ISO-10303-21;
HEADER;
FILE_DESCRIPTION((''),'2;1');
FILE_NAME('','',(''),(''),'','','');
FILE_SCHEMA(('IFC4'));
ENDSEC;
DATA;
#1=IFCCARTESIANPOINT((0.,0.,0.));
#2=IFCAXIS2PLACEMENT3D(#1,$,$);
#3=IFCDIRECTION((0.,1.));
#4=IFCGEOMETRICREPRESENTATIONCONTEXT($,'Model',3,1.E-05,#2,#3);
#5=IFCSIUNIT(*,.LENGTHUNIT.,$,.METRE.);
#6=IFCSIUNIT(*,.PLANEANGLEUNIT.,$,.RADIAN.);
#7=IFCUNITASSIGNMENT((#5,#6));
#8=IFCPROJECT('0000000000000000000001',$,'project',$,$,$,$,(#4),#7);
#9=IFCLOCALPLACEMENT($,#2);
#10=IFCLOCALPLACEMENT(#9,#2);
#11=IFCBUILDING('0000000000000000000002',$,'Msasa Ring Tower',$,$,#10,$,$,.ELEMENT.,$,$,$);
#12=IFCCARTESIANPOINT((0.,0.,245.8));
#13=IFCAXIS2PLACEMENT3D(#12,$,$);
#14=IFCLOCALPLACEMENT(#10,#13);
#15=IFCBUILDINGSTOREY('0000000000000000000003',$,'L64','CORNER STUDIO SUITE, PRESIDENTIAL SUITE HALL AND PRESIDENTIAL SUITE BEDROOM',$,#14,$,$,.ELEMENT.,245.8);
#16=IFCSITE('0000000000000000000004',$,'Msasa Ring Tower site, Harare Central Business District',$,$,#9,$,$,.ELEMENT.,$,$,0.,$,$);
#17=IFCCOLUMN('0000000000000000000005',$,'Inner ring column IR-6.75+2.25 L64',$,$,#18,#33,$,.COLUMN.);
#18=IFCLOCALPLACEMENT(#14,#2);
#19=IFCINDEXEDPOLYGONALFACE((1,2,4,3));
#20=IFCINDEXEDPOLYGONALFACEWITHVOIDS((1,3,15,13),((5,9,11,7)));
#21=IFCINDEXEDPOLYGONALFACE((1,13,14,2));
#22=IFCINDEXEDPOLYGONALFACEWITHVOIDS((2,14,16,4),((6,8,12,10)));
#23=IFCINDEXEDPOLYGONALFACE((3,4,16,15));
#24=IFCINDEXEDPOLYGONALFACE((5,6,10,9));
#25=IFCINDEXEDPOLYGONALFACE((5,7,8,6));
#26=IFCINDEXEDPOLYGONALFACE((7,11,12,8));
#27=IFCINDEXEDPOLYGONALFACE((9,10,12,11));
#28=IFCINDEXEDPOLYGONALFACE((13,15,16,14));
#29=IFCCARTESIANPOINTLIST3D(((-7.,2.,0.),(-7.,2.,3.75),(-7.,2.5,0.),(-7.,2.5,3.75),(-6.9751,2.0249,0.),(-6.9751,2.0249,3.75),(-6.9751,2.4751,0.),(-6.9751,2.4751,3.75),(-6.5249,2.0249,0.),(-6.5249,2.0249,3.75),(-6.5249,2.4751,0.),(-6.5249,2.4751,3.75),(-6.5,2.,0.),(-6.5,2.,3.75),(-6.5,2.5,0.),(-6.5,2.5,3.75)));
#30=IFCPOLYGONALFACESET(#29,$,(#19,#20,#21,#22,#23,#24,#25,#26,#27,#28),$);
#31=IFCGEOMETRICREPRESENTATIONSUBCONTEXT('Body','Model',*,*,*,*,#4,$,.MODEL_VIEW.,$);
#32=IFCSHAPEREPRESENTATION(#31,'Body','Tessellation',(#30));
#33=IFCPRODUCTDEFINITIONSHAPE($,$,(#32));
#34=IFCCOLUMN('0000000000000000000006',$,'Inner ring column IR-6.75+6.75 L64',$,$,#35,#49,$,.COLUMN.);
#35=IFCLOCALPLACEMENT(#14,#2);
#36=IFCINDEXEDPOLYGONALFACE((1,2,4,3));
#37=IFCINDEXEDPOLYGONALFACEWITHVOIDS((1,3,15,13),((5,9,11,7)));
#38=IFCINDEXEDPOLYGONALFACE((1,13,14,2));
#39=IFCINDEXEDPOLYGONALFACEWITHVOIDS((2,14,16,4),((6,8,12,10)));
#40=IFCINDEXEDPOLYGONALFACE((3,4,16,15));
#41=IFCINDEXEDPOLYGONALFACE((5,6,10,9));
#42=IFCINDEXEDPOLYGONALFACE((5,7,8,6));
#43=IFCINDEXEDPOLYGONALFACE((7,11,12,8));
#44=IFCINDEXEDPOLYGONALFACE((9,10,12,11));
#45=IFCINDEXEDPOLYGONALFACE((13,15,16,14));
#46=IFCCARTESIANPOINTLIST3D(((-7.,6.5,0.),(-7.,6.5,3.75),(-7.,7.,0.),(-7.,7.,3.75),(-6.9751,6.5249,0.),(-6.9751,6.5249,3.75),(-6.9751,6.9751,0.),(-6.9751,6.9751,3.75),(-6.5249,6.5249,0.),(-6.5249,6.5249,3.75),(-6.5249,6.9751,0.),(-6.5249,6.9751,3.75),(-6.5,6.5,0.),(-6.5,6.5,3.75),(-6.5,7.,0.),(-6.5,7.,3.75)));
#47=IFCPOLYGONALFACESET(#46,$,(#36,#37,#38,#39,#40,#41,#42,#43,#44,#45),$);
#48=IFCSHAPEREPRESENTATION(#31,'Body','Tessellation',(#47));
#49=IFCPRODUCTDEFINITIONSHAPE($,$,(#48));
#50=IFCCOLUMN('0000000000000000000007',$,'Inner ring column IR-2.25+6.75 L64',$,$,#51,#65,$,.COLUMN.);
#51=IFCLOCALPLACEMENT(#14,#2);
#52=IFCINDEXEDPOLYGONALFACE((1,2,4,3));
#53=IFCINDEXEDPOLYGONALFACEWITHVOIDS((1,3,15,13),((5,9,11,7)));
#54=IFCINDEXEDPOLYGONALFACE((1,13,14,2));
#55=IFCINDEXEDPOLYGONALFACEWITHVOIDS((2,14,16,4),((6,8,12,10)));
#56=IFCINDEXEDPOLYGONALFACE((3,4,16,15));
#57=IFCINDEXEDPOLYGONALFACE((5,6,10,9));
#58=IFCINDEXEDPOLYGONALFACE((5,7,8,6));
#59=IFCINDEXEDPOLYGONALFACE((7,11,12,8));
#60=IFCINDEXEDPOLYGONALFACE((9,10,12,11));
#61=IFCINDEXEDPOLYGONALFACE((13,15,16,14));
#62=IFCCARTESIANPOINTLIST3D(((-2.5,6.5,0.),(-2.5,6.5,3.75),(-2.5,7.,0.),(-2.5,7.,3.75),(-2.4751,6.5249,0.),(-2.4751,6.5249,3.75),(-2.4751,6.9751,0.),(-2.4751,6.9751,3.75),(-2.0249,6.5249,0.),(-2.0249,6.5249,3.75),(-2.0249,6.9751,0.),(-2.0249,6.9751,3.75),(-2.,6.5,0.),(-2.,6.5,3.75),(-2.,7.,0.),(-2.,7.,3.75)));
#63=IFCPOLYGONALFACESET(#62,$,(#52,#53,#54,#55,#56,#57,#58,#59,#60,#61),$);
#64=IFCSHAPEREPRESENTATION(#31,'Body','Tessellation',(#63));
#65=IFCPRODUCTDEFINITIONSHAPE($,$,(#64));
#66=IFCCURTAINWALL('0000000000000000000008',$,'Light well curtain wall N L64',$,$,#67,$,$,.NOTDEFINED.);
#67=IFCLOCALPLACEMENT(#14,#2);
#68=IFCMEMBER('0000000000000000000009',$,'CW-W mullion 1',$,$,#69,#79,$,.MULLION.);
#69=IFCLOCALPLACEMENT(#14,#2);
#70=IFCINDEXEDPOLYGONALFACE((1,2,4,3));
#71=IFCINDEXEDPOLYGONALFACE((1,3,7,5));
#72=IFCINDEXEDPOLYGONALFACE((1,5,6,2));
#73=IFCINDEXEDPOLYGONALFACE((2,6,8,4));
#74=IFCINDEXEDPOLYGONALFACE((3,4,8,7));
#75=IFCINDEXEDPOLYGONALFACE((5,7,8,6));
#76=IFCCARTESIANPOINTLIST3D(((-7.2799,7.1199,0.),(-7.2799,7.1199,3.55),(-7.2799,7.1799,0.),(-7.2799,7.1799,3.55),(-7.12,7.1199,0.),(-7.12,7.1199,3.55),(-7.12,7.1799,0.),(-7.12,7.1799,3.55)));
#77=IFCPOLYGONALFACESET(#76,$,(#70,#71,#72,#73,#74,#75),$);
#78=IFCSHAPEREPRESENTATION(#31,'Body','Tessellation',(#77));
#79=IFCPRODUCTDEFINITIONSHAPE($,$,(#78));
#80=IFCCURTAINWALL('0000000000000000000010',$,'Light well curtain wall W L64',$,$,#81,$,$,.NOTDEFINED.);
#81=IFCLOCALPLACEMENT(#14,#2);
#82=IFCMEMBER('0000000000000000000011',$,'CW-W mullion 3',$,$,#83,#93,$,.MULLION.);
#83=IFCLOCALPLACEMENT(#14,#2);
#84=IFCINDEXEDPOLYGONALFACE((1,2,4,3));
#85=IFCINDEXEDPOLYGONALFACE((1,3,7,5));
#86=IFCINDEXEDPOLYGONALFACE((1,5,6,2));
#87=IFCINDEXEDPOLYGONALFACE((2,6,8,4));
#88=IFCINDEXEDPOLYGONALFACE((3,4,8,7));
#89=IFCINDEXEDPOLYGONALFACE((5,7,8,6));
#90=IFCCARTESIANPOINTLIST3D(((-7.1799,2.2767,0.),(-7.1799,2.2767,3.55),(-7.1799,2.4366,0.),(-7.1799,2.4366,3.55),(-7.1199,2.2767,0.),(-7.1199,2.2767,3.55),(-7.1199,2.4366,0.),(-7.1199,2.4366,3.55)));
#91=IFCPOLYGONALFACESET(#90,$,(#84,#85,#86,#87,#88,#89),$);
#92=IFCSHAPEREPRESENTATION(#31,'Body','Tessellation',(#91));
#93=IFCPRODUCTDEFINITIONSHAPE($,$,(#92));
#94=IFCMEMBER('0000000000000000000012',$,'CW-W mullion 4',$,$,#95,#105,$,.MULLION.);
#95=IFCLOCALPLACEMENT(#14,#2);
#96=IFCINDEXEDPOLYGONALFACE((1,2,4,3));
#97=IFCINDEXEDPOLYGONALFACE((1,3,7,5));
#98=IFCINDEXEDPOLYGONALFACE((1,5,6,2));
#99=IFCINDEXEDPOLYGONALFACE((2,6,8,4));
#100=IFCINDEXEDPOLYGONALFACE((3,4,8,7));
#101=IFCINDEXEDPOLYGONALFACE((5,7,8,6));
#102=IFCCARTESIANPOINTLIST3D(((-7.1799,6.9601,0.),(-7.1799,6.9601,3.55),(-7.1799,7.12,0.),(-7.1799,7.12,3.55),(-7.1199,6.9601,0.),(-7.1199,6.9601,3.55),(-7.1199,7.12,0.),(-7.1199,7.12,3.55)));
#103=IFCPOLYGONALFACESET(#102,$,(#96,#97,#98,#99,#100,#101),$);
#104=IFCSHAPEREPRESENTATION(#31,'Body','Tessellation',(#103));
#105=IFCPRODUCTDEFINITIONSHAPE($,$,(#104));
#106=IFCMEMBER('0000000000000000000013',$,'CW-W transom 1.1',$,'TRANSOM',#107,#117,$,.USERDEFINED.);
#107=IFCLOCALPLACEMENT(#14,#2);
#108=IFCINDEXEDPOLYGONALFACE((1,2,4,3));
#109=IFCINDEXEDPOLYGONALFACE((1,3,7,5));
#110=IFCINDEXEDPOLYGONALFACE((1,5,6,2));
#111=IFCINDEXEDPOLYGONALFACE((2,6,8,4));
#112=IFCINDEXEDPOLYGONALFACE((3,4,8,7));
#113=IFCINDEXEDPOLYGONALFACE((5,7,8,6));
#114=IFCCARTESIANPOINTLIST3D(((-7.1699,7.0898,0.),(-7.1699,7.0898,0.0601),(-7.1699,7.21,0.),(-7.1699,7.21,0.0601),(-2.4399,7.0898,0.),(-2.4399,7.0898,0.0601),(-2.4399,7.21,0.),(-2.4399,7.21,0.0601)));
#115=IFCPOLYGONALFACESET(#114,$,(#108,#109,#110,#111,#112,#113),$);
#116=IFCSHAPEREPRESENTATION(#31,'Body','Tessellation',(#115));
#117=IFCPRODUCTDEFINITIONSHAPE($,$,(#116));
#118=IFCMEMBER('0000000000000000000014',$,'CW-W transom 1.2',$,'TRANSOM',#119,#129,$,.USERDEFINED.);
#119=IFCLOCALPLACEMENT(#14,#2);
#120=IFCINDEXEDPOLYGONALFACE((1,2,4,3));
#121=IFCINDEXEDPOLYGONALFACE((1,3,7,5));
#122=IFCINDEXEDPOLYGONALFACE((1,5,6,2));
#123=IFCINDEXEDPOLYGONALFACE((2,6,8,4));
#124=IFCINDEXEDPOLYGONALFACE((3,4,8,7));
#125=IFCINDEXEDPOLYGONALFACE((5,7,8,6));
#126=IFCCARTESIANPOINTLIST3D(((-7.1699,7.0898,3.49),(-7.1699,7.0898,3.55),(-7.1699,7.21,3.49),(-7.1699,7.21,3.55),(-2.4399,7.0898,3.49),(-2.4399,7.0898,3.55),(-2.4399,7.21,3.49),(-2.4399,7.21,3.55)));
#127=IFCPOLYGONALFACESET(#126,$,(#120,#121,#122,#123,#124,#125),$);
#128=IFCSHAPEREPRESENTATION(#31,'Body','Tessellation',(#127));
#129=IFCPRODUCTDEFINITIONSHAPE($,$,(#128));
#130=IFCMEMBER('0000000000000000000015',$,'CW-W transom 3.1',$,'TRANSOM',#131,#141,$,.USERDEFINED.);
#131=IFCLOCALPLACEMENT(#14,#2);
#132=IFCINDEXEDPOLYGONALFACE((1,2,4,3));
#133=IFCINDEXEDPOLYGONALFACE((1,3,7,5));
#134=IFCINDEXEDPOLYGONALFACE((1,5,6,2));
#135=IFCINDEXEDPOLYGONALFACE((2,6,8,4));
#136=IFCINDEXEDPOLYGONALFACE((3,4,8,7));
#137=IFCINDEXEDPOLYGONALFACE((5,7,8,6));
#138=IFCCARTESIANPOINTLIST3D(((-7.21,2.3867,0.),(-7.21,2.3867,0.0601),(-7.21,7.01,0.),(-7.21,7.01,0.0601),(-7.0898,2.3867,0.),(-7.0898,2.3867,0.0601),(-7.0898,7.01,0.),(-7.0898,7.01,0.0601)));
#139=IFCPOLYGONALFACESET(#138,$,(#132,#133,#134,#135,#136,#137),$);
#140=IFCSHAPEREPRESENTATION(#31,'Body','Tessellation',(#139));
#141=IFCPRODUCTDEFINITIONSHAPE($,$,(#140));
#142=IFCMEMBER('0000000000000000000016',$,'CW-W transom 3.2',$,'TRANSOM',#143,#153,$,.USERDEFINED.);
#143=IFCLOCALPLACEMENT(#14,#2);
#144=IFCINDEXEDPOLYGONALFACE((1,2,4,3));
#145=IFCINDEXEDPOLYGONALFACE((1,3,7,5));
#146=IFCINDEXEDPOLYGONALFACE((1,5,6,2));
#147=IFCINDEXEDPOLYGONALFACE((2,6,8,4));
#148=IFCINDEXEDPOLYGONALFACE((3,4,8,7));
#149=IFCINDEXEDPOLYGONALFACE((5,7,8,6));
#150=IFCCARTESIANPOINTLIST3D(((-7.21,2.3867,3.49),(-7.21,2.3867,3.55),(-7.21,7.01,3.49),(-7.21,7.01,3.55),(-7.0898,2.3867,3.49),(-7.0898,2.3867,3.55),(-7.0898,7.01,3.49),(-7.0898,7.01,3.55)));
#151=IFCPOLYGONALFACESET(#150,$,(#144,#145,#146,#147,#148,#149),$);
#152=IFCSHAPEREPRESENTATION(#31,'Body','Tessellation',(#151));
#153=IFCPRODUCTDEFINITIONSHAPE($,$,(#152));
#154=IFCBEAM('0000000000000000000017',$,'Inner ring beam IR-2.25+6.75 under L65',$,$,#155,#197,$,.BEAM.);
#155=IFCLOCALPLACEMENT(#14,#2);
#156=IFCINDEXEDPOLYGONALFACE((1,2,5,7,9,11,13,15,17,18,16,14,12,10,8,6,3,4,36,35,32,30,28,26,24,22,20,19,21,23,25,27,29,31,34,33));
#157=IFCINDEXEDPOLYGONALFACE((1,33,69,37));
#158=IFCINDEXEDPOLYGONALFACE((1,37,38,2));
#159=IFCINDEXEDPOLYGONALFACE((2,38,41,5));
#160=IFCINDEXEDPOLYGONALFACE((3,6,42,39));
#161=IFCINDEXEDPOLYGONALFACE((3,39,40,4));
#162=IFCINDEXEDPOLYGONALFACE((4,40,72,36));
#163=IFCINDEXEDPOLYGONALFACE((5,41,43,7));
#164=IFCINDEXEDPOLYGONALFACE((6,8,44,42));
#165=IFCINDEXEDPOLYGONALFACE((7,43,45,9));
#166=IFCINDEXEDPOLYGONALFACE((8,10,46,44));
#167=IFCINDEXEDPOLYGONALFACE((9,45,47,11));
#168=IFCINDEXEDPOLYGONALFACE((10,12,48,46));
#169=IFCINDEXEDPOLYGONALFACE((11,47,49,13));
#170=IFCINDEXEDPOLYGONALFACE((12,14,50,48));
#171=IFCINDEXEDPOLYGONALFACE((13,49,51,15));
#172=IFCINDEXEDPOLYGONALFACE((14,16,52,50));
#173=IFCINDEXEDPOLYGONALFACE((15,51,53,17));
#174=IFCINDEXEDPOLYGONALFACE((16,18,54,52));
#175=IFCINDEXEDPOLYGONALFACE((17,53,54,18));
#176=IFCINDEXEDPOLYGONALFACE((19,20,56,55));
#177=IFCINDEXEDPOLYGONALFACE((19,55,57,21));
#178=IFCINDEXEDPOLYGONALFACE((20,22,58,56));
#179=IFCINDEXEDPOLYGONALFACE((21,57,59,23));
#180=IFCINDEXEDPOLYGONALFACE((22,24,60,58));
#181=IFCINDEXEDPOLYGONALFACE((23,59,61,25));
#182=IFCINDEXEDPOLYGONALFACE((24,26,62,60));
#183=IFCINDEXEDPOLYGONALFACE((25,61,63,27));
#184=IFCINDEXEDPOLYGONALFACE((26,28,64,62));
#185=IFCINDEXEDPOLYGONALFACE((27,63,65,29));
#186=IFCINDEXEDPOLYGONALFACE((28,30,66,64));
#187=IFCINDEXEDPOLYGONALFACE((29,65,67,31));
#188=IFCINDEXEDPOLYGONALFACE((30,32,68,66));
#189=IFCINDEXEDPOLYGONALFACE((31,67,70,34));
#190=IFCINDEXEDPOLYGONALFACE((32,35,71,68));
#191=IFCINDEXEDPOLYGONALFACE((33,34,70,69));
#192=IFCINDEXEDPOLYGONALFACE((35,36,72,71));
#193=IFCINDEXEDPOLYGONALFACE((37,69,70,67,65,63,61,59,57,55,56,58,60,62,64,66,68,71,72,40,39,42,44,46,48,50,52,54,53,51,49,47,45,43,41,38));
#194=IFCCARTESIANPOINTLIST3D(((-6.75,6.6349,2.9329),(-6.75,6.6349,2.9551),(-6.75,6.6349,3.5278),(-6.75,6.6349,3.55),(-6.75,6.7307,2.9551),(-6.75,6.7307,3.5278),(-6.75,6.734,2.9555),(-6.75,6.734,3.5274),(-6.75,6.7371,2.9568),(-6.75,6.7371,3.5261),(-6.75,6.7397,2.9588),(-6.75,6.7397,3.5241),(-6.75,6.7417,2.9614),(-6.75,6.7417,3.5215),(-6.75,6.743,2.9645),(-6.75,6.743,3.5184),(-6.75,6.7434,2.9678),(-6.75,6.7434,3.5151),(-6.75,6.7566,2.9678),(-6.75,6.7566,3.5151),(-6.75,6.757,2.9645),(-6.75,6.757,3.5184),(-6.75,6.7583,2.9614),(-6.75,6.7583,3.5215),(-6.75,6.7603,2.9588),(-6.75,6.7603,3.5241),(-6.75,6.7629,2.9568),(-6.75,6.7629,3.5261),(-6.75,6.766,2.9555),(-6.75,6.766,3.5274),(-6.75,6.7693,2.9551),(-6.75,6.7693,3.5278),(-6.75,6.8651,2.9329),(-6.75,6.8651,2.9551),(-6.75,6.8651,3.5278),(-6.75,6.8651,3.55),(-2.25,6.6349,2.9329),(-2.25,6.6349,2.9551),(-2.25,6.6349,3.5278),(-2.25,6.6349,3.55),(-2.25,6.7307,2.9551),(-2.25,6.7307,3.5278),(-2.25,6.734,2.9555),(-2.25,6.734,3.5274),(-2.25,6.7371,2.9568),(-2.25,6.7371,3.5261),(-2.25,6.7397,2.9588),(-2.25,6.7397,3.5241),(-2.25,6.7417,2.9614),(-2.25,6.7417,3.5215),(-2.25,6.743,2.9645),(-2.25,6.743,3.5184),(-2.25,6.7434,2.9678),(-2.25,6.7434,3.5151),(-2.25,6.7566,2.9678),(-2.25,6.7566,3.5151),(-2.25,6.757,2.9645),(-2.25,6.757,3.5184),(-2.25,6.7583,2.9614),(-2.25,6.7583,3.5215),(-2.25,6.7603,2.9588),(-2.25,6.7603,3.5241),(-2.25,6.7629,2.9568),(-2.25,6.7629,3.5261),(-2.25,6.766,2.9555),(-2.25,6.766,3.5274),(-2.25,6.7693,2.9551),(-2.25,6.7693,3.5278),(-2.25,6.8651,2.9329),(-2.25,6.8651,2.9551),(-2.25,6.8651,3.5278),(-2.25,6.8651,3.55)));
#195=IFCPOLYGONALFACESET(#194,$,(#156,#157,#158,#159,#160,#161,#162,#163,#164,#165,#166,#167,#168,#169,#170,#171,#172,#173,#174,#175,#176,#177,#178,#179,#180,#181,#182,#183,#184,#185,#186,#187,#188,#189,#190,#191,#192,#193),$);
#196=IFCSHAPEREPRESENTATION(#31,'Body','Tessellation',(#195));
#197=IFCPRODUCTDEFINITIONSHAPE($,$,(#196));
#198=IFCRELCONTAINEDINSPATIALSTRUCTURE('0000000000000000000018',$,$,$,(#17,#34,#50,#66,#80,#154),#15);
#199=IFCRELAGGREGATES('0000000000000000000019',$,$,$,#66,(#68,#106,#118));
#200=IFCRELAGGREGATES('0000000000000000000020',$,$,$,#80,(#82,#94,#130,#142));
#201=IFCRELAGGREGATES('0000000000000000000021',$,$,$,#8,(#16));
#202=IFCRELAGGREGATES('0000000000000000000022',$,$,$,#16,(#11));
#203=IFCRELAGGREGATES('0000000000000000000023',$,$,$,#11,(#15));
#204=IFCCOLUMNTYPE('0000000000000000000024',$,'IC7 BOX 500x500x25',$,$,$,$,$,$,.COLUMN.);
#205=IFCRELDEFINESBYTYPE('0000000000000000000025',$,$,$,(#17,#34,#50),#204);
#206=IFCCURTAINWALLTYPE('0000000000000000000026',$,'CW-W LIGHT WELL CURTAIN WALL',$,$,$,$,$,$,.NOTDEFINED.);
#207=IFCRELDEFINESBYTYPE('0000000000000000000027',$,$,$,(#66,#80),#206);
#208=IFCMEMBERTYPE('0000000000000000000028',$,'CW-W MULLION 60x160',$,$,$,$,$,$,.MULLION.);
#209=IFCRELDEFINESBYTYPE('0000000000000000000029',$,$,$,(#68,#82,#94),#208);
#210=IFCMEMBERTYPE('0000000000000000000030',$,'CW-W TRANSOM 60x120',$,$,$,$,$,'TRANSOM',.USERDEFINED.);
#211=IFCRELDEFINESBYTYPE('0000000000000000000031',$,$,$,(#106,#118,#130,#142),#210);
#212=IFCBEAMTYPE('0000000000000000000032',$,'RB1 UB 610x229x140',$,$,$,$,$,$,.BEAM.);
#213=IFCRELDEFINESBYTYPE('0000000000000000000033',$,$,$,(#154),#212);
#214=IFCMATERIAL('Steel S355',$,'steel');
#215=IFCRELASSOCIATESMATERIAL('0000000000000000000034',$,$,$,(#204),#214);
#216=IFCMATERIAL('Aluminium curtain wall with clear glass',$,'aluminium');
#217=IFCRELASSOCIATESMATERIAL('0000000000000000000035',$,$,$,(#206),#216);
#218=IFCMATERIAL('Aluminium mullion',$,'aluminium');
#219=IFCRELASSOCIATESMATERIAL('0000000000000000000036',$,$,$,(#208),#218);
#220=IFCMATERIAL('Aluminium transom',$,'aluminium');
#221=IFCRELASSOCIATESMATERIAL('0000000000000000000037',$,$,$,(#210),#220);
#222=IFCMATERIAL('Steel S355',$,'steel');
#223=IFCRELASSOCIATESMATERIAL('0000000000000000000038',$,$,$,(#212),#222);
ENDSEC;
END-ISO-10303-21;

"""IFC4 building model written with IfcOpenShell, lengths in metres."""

from ifc_helpers import new_model, si_unit, direction, frame, origin, origin_2d, place, context, subcontext, project, spatial, rectangle, hollow_rectangle, i_section, extrude, material, material_profile, profile_set, type_object, element, aggregate, save


model = new_model("IFC4")

# Units and contexts
model_context = context("Model", 3, precision=1e-05, world=origin(), true_north=direction((0.0, 1.0)))
body_context = subcontext(model_context, "Body", "Model", "MODEL_VIEW")
ifc_project = project(units=[si_unit("LENGTHUNIT", "METRE"), si_unit("PLANEANGLEUNIT", "RADIAN")], contexts=[model_context])

# Site, building, storey
site_placement = place(None, origin())
site = spatial("IfcSite", under=ifc_project, at=site_placement, Name="Msasa Ring Tower site, Harare Central Business District", CompositionType="ELEMENT", RefElevation=0.0)
building_placement = place(site_placement, origin())
building = spatial("IfcBuilding", under=site, at=building_placement, Name="Msasa Ring Tower", CompositionType="ELEMENT")
storey_placement = place(building_placement, frame((0.0, 0.0, 245.8)))
storey = spatial("IfcBuildingStorey", under=building, at=storey_placement, Name="L64", Description="CORNER STUDIO SUITE, PRESIDENTIAL SUITE HALL AND PRESIDENTIAL SUITE BEDROOM", CompositionType="ELEMENT", Elevation=245.8)

# Columns
ifc_material_1 = material(Name="Steel S355", Category="steel")
ifc_material_profile_1 = material_profile(ifc_material_1, hollow_rectangle(XDim=0.5, YDim=0.5, WallThickness=0.0249, at=origin_2d()), Name="BOX 500x500x25")
ifc_profile_set_1 = profile_set([ifc_material_profile_1], Name="Steel S355")
column_type = type_object("IfcColumnType", Name="IC7 BOX 500x500x25", PredefinedType="COLUMN", material=ifc_profile_set_1)
for number, where, z_axis, x_axis, name in (
    (1, (-6.75, 2.25, 0.0), (0.0, 0.0, 1.0), (1.0, 0.0, 0.0), "Inner ring column IR-6.75+2.25 L64"),
    (2, (-6.75, 6.75, 0.0), (0.0, 0.0, 1.0), (1.0, 0.0, 0.0), "Inner ring column IR-6.75+6.75 L64"),
    (3, (-2.25, 6.75, 0.0), (0.0, 0.0, 1.0), (1.0, 0.0, 0.0), "Inner ring column IR-2.25+6.75 L64"),
):
    element("IfcColumn", number, at=place(storey_placement, frame(where, z_axis=z_axis, x_axis=x_axis)), inside=storey, type_object=column_type, Name=name, PredefinedType="COLUMN", context=body_context, shape_type="SweptSolid", body=[
        extrude(hollow_rectangle(XDim=0.5, YDim=0.5, WallThickness=0.0249, at=origin_2d()), origin(), (0.0, 0.0, 1.0), 3.75),
    ])

# Curtain wall, member
ifc_material_2 = material(Name="Aluminium curtain wall with clear glass", Category="aluminium")
curtain_wall_type = type_object("IfcCurtainWallType", Name="CW-W LIGHT WELL CURTAIN WALL", PredefinedType="NOTDEFINED", material=ifc_material_2)
curtain_wall_1_placement = place(storey_placement, origin())
curtain_wall_1 = element("IfcCurtainWall", 4, at=curtain_wall_1_placement, inside=storey, type_object=curtain_wall_type, Name="Light well curtain wall N L64", PredefinedType="NOTDEFINED")
ifc_material_3 = material(Name="Aluminium mullion", Category="aluminium")
ifc_material_profile_2 = material_profile(ifc_material_3, rectangle(XDim=0.0601, YDim=0.1599, at=origin_2d()), Name="AL 60x160")
ifc_profile_set_2 = profile_set([ifc_material_profile_2], Name="Aluminium mullion")
member_type_1 = type_object("IfcMemberType", Name="CW-W MULLION 60x160", PredefinedType="MULLION", material=ifc_profile_set_2)
member_1_placement = place(storey_placement, frame((-7.2, 7.1499, 0.0), z_axis=(0.0, 0.0, 1.0), x_axis=(0.0, 1.0, 0.0)))
member_1 = element("IfcMember", 5, at=member_1_placement, type_object=member_type_1, Name="CW-W mullion 1", PredefinedType="MULLION", context=body_context, shape_type="SweptSolid", body=[
    extrude(rectangle(XDim=0.0601, YDim=0.1599, at=origin_2d()), origin(), (0.0, 0.0, 1.0), 3.55),
])

# Curtain wall, members
curtain_wall_2_placement = place(storey_placement, origin())
curtain_wall_2 = element("IfcCurtainWall", 6, at=curtain_wall_2_placement, inside=storey, type_object=curtain_wall_type, Name="Light well curtain wall W L64", PredefinedType="NOTDEFINED")
member_2_placement = place(storey_placement, frame((-7.1499, 2.3567, 0.0), z_axis=(0.0, 0.0, 1.0), x_axis=(-1.0, 0.0, 0.0)))
member_2 = element("IfcMember", 7, at=member_2_placement, type_object=member_type_1, Name="CW-W mullion 3", PredefinedType="MULLION", context=body_context, shape_type="SweptSolid", body=[
    extrude(rectangle(XDim=0.0601, YDim=0.1599, at=origin_2d()), origin(), (0.0, 0.0, 1.0), 3.55),
])
member_3_placement = place(storey_placement, frame((-7.1499, 7.04, 0.0), z_axis=(0.0, 0.0, 1.0), x_axis=(-1.0, 0.0, 0.0)))
member_3 = element("IfcMember", 8, at=member_3_placement, type_object=member_type_1, Name="CW-W mullion 4", PredefinedType="MULLION", context=body_context, shape_type="SweptSolid", body=[
    extrude(rectangle(XDim=0.0601, YDim=0.1599, at=origin_2d()), origin(), (0.0, 0.0, 1.0), 3.55),
])

# Members
ifc_material_4 = material(Name="Aluminium transom", Category="aluminium")
ifc_material_profile_3 = material_profile(ifc_material_4, rectangle(XDim=0.1201, YDim=0.0601, at=origin_2d()), Name="AL 60x120")
ifc_profile_set_3 = profile_set([ifc_material_profile_3], Name="Aluminium transom")
member_type_2 = type_object("IfcMemberType", Name="CW-W TRANSOM 60x120", ElementType="TRANSOM", PredefinedType="USERDEFINED", material=ifc_profile_set_3)
member_4_placement = place(storey_placement, frame((-7.1699, 7.1499, 0.03), z_axis=(1.0, 0.0, 0.0), x_axis=(0.0, 1.0, 0.0)))
member_4 = element("IfcMember", 9, at=member_4_placement, type_object=member_type_2, Name="CW-W transom 1.1", ObjectType="TRANSOM", PredefinedType="USERDEFINED", context=body_context, shape_type="SweptSolid", body=[
    extrude(rectangle(XDim=0.1201, YDim=0.0601, at=origin_2d()), origin(), (0.0, 0.0, 1.0), 4.73),
])
member_5_placement = place(storey_placement, frame((-7.1699, 7.1499, 3.52), z_axis=(1.0, 0.0, 0.0), x_axis=(0.0, 1.0, 0.0)))
member_5 = element("IfcMember", 10, at=member_5_placement, type_object=member_type_2, Name="CW-W transom 1.2", ObjectType="TRANSOM", PredefinedType="USERDEFINED", context=body_context, shape_type="SweptSolid", body=[
    extrude(rectangle(XDim=0.1201, YDim=0.0601, at=origin_2d()), origin(), (0.0, 0.0, 1.0), 4.73),
])
member_6_placement = place(storey_placement, frame((-7.1499, 2.3867, 0.03), z_axis=(0.0, 1.0, 0.0), x_axis=(-1.0, 0.0, 0.0)))
member_6 = element("IfcMember", 11, at=member_6_placement, type_object=member_type_2, Name="CW-W transom 3.1", ObjectType="TRANSOM", PredefinedType="USERDEFINED", context=body_context, shape_type="SweptSolid", body=[
    extrude(rectangle(XDim=0.1201, YDim=0.0601, at=origin_2d()), origin(), (0.0, 0.0, 1.0), 4.6233),
])
member_7_placement = place(storey_placement, frame((-7.1499, 2.3867, 3.52), z_axis=(0.0, 1.0, 0.0), x_axis=(-1.0, 0.0, 0.0)))
member_7 = element("IfcMember", 12, at=member_7_placement, type_object=member_type_2, Name="CW-W transom 3.2", ObjectType="TRANSOM", PredefinedType="USERDEFINED", context=body_context, shape_type="SweptSolid", body=[
    extrude(rectangle(XDim=0.1201, YDim=0.0601, at=origin_2d()), origin(), (0.0, 0.0, 1.0), 4.6233),
])

# Beam
ifc_material_5 = material(Name="Steel S355", Category="steel")
ifc_material_profile_4 = material_profile(ifc_material_5, i_section(OverallWidth=0.2302, OverallDepth=0.6172, WebThickness=0.0132, FlangeThickness=0.0222, FilletRadius=0.0127, at=origin_2d()), Name="UB 610x229x140")
ifc_profile_set_4 = profile_set([ifc_material_profile_4], Name="Steel S355")
beam_type = type_object("IfcBeamType", Name="RB1 UB 610x229x140", PredefinedType="BEAM", material=ifc_profile_set_4)
for number, where, z_axis, x_axis, name in (
    (13, (-2.25, 6.75, 3.2415), (-1.0, 0.0, 0.0), (0.0, -1.0, 0.0), "Inner ring beam IR-2.25+6.75 under L65"),
):
    element("IfcBeam", number, at=place(storey_placement, frame(where, z_axis=z_axis, x_axis=x_axis)), inside=storey, type_object=beam_type, Name=name, PredefinedType="BEAM", context=body_context, shape_type="SweptSolid", body=[
        extrude(i_section(OverallWidth=0.2302, OverallDepth=0.6172, WebThickness=0.0132, FlangeThickness=0.0222, FilletRadius=0.0127, at=origin_2d()), origin(), (0.0, 0.0, 1.0), 4.5),
    ])

aggregate(curtain_wall_1, [member_1, member_4, member_5])
aggregate(curtain_wall_2, [member_2, member_3, member_6, member_7])

save(model, "model.ifc")
